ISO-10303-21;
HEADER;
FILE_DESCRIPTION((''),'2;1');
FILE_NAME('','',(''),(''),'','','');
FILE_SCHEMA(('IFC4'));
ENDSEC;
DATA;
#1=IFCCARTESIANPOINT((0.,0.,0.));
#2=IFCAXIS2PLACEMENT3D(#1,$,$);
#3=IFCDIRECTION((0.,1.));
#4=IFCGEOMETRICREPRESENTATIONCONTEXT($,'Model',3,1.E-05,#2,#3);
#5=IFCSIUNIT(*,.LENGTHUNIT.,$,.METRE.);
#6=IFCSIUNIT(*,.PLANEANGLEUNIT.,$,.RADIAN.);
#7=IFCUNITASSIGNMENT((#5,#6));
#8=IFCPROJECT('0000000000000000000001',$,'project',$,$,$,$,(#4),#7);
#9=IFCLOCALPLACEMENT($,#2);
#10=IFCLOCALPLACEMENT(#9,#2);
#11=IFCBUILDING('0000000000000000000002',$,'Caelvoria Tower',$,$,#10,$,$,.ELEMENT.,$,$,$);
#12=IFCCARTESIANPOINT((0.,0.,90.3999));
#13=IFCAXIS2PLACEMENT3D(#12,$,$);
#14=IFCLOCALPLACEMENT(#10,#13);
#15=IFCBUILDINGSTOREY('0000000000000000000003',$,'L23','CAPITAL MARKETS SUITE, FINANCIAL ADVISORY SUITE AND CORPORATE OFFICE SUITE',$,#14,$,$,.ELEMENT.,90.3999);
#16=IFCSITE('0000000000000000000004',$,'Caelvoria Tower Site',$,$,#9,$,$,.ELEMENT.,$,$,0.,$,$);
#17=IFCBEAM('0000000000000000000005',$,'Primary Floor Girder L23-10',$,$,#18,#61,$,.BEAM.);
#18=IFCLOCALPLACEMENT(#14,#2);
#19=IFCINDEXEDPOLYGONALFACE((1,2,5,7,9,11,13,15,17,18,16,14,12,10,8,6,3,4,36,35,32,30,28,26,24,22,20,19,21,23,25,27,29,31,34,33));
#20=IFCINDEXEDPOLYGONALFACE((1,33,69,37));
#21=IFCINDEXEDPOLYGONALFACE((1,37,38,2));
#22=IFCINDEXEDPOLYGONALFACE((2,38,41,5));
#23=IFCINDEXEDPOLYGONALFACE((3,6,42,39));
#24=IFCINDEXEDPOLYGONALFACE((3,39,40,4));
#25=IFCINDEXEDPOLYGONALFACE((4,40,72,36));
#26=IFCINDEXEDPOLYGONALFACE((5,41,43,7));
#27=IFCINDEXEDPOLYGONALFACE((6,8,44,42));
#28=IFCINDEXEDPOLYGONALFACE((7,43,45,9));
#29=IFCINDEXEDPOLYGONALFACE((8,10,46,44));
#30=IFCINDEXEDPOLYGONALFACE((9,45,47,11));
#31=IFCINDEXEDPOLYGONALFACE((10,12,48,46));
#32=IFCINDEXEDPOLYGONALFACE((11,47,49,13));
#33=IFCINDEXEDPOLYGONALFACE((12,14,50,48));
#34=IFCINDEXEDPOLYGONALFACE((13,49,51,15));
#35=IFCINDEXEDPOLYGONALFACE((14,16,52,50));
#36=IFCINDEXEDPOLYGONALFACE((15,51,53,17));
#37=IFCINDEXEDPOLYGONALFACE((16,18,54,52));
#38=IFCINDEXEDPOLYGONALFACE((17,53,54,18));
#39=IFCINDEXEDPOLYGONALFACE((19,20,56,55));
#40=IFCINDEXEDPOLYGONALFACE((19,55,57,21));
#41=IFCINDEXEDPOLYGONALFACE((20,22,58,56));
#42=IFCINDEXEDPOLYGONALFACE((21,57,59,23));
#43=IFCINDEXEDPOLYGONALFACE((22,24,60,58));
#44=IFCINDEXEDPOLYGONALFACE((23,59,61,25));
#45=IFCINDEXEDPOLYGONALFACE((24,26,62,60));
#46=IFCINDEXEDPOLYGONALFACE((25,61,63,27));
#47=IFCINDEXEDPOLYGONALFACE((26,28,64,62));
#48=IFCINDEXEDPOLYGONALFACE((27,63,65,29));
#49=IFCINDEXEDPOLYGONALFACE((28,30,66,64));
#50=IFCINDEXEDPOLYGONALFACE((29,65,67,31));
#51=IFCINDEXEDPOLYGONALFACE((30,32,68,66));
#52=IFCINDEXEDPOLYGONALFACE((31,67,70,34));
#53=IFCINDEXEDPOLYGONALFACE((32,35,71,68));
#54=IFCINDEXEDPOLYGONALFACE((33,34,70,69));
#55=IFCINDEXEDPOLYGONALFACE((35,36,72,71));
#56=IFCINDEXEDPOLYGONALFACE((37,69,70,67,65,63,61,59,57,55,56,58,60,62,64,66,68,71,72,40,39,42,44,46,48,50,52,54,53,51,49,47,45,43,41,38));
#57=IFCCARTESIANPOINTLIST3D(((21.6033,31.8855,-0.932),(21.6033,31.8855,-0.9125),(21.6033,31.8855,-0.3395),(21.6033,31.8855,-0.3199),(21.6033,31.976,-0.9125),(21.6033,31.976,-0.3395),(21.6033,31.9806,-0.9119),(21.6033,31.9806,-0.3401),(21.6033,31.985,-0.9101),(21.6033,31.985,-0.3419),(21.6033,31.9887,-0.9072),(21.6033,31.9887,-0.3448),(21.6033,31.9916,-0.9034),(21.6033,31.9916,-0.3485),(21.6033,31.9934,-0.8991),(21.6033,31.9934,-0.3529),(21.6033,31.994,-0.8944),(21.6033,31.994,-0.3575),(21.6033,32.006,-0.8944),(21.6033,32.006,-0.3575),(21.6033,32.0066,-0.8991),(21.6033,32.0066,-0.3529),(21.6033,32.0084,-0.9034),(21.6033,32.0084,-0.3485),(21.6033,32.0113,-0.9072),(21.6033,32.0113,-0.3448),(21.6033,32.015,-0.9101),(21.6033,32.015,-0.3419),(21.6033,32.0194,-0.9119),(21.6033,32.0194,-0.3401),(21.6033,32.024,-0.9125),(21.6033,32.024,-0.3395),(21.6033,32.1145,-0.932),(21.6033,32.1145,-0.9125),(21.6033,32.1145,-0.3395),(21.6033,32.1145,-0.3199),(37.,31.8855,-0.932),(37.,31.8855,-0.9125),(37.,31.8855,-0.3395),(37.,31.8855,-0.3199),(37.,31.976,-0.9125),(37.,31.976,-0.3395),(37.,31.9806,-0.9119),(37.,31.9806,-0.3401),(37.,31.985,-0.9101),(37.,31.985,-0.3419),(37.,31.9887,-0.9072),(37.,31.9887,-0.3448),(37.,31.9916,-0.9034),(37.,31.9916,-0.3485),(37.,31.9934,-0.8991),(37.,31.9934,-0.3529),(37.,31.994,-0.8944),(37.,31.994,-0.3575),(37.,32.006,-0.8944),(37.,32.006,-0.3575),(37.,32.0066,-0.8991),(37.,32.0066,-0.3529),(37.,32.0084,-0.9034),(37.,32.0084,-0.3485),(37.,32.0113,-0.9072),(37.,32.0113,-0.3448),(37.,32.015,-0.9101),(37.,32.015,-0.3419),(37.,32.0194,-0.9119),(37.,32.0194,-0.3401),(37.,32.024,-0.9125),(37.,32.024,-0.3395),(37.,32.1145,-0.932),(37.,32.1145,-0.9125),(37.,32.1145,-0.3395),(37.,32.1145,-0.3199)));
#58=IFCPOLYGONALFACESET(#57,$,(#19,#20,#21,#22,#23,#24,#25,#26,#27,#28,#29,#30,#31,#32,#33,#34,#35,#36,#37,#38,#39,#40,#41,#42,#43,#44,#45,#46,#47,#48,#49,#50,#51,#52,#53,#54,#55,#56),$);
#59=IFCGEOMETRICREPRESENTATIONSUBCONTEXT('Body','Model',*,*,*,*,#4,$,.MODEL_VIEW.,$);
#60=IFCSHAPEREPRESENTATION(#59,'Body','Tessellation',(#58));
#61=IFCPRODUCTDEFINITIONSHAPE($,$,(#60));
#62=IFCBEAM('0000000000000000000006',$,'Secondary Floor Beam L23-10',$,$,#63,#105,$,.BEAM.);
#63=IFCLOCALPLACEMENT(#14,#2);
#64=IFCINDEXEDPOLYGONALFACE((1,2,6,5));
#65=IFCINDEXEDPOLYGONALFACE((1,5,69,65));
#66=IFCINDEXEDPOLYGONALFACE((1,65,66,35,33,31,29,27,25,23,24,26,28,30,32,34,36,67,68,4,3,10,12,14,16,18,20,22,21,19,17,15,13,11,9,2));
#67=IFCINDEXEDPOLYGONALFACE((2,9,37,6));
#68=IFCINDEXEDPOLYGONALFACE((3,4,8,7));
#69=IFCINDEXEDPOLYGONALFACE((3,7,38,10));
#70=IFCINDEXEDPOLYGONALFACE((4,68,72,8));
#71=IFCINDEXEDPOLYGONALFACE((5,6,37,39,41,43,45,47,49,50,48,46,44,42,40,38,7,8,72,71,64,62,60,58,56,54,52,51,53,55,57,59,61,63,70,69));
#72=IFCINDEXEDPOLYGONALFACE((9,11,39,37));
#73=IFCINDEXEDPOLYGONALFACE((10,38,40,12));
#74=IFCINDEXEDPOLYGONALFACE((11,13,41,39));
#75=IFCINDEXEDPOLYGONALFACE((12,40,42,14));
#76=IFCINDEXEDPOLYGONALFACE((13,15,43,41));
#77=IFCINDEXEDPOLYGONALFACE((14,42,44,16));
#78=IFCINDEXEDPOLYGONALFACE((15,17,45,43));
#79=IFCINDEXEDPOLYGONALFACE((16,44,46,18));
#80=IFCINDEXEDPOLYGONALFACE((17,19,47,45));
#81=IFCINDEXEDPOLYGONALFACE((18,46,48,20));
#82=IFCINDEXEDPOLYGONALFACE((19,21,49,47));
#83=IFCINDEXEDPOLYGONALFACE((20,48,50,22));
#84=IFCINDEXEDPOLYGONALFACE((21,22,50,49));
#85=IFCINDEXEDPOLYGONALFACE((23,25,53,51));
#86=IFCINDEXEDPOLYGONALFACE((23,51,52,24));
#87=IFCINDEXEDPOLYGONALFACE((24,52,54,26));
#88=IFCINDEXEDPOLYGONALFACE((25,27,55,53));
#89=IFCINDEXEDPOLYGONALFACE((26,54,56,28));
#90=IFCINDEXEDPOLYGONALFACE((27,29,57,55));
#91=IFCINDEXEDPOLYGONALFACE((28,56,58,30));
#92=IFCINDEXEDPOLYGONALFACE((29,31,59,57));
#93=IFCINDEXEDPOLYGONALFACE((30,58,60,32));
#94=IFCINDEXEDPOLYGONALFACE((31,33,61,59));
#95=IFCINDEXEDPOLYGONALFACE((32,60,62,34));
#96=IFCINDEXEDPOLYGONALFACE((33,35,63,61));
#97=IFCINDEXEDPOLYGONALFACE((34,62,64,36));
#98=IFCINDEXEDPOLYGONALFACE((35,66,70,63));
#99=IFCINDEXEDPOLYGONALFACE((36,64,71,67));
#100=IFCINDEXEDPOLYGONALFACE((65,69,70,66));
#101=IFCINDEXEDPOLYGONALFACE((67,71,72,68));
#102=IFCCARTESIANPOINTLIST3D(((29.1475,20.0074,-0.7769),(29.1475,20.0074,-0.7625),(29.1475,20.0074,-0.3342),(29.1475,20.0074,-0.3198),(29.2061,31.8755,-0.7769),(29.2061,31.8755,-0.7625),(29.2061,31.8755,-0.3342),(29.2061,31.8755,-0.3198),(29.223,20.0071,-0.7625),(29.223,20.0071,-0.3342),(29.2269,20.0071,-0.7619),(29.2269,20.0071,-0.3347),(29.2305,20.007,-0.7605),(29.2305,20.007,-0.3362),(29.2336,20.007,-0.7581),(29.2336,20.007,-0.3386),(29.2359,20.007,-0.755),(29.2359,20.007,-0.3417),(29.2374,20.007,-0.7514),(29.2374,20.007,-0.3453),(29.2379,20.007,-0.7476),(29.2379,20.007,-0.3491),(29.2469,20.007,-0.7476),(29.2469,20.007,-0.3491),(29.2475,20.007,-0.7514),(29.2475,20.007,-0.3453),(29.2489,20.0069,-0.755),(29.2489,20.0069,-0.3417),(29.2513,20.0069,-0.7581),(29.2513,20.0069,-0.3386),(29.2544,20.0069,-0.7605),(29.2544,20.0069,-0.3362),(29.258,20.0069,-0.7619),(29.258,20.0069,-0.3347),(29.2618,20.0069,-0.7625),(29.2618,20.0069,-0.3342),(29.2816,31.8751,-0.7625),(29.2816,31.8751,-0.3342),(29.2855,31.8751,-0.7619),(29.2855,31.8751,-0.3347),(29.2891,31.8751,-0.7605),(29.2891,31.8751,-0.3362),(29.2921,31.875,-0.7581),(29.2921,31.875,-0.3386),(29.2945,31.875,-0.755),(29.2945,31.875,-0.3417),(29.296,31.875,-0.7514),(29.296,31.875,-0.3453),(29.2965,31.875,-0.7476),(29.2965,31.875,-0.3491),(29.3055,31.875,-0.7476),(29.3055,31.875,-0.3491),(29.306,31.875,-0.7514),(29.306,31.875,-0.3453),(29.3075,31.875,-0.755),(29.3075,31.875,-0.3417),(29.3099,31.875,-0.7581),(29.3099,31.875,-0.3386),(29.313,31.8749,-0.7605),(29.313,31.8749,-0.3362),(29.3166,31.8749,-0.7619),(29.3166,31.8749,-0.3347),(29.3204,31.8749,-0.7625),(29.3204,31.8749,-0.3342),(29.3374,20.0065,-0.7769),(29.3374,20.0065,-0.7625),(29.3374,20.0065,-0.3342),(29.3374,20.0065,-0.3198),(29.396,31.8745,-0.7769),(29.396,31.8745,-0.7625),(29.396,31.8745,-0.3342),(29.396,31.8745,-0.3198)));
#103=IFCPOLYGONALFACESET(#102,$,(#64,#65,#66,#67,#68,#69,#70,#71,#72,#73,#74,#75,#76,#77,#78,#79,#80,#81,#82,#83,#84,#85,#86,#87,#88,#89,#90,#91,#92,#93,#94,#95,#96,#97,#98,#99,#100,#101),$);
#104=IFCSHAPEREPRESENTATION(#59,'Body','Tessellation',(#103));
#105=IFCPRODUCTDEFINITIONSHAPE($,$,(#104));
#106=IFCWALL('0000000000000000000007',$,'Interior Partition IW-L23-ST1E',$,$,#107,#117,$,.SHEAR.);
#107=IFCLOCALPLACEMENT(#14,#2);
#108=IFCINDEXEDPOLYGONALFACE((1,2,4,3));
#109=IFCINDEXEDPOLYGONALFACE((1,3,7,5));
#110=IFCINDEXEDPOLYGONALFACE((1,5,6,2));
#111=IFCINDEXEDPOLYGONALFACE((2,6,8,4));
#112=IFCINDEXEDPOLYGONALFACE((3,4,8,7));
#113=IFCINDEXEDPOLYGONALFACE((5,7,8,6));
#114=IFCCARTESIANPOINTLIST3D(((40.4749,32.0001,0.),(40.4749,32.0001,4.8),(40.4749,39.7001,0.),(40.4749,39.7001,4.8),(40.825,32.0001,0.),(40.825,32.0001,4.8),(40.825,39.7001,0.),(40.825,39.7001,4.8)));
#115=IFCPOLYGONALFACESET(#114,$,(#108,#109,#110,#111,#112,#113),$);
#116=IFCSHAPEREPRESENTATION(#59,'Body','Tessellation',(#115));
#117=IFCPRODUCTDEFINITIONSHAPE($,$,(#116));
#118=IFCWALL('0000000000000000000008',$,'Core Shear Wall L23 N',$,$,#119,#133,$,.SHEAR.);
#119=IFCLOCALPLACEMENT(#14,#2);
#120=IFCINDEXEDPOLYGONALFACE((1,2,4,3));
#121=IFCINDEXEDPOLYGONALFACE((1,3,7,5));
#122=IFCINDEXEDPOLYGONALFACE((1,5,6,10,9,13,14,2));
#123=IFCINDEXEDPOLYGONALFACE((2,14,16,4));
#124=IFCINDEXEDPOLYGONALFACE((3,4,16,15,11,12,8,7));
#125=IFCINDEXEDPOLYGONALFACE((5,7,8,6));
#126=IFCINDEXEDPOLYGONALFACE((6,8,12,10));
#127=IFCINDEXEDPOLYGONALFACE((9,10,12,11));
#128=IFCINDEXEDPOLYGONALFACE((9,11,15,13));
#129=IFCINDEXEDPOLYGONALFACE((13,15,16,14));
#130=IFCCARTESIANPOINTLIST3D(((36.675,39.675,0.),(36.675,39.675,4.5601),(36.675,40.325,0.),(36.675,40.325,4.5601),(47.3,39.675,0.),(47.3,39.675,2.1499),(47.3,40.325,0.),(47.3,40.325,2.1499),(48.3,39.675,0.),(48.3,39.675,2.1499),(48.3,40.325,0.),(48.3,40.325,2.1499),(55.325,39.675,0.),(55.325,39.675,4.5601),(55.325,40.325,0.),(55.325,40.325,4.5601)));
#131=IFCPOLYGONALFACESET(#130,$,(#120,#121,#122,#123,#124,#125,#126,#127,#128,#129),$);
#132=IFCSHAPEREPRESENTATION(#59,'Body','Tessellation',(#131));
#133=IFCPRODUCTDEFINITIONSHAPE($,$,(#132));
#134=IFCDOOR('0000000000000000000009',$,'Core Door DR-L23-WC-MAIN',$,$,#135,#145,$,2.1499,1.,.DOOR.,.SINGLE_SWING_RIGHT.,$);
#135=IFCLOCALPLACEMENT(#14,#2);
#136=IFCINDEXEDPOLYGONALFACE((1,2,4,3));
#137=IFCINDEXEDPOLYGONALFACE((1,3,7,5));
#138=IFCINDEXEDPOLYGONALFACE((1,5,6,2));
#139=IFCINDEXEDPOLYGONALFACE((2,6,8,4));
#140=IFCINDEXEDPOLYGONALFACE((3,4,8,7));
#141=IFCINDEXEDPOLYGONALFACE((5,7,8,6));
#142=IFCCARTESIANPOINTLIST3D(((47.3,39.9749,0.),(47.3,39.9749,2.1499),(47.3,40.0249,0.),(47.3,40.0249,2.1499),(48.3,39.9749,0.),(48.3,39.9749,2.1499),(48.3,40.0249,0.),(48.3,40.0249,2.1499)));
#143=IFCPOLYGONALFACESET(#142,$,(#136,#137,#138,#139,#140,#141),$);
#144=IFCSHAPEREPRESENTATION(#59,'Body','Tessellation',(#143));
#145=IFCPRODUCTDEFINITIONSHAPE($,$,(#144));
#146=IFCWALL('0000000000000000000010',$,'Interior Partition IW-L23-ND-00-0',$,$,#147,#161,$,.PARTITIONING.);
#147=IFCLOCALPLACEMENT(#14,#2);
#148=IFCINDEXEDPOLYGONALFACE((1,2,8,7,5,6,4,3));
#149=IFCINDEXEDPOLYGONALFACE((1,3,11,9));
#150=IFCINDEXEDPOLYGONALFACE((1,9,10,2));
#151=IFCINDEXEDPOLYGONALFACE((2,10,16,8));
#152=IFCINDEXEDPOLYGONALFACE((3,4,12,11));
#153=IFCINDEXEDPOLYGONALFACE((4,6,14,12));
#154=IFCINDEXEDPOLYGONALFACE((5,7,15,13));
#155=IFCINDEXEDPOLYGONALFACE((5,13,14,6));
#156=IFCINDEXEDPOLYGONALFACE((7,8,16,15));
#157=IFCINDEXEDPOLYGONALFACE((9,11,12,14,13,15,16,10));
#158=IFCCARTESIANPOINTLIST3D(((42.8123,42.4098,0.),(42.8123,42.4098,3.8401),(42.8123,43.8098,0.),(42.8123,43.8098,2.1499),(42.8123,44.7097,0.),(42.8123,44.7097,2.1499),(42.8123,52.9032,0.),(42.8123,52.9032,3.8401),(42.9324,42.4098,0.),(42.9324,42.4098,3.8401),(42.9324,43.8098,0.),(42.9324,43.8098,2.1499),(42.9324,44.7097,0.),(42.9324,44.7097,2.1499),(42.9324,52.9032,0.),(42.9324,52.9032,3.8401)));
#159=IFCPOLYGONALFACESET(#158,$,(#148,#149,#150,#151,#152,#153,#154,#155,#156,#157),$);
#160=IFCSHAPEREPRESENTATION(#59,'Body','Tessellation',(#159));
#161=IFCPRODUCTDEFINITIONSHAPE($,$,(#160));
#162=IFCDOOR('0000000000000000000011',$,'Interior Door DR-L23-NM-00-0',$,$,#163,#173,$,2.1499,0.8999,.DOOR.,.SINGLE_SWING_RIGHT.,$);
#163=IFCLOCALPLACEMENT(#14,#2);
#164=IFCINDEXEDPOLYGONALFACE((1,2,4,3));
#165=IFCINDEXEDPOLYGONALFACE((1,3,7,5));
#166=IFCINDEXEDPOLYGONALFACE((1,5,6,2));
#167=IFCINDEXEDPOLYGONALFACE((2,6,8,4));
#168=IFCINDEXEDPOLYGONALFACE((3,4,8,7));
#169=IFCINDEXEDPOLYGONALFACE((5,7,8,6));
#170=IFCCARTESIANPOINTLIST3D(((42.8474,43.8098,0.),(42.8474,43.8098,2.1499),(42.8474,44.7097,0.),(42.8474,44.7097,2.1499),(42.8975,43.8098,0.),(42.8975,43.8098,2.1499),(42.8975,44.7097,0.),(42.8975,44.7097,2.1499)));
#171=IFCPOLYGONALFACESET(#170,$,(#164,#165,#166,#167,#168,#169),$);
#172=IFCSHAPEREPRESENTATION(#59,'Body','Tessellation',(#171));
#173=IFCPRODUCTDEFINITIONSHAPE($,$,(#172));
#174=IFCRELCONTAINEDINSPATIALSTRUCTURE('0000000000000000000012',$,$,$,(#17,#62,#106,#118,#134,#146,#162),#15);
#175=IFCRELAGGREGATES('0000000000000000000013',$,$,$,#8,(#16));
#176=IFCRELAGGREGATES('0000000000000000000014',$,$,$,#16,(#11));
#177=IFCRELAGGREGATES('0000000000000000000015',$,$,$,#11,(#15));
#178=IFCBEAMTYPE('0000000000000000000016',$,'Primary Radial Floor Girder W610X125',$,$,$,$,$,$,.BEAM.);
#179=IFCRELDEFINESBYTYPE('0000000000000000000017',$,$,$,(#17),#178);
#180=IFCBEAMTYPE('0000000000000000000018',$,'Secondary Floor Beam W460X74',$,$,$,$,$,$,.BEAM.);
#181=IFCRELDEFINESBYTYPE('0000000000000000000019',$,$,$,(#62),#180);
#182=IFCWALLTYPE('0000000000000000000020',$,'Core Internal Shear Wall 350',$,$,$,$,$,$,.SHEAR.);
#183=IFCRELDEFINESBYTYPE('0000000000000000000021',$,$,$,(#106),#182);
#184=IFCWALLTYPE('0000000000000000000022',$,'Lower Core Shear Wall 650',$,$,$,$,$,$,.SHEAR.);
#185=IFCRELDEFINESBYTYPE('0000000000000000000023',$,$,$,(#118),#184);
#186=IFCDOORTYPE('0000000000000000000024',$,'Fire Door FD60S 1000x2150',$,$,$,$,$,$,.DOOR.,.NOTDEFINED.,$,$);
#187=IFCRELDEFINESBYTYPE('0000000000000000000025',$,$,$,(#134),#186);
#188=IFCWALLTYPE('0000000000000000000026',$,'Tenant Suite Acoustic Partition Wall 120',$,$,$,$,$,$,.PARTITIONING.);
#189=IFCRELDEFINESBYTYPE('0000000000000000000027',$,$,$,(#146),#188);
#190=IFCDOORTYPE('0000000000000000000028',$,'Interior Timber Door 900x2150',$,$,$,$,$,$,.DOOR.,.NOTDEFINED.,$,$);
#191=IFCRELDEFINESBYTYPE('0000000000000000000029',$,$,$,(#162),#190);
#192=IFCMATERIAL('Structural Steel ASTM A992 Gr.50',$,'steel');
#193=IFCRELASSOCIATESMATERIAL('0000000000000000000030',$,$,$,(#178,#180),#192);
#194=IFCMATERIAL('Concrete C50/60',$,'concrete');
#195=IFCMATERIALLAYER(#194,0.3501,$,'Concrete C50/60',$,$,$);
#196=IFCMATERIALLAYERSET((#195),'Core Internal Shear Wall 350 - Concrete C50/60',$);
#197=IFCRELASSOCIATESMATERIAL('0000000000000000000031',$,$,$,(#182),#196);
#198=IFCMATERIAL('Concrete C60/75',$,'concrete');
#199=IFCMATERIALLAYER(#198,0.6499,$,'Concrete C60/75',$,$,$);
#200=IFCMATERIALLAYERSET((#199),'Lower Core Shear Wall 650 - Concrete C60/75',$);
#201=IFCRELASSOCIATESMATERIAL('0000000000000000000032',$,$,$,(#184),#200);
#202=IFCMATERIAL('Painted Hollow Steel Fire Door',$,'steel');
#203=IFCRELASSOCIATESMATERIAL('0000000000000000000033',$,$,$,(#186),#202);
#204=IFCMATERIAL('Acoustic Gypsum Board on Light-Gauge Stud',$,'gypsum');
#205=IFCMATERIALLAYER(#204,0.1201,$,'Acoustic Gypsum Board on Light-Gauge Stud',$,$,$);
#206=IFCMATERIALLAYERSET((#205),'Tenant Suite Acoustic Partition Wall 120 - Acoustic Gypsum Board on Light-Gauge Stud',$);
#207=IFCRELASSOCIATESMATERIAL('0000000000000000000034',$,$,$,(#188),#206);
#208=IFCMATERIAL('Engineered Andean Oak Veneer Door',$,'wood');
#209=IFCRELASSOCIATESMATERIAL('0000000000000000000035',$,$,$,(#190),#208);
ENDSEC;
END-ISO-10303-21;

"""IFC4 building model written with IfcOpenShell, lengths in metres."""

from ifc_helpers import new_model, si_unit, direction, frame, frame_2d, origin, origin_2d, place, context, subcontext, project, spatial, rectangle, i_section, extrude, material, layer, layer_set, material_profile, profile_set, type_object, element, fill, save


model = new_model("IFC4")

# Units and contexts
model_context = context("Model", 3, precision=1e-05, world=origin(), true_north=direction((0.0, 1.0)))
body_context = subcontext(model_context, "Body", "Model", "MODEL_VIEW")
ifc_project = project(units=[si_unit("LENGTHUNIT", "METRE"), si_unit("PLANEANGLEUNIT", "RADIAN")], contexts=[model_context])

# Site, building, storey
site_placement = place(None, origin())
site = spatial("IfcSite", under=ifc_project, at=site_placement, Name="Caelvoria Tower Site", CompositionType="ELEMENT", RefElevation=0.0)
building_placement = place(site_placement, origin())
building = spatial("IfcBuilding", under=site, at=building_placement, Name="Caelvoria Tower", CompositionType="ELEMENT")
storey_placement = place(building_placement, frame((0.0, 0.0, 90.3999)))
storey = spatial("IfcBuildingStorey", under=building, at=storey_placement, Name="L23", Description="CAPITAL MARKETS SUITE, FINANCIAL ADVISORY SUITE AND CORPORATE OFFICE SUITE", CompositionType="ELEMENT", Elevation=90.3999)

# Beams
ifc_material_1 = material(Name="Structural Steel ASTM A992 Gr.50", Category="steel")
ifc_material_profile_1 = material_profile(ifc_material_1, i_section(OverallWidth=0.229, OverallDepth=0.6121, WebThickness=0.012, FlangeThickness=0.0195, FilletRadius=0.0181, at=origin_2d()), Name="Structural Steel ASTM A992 Gr.50")
ifc_profile_set_1 = profile_set([ifc_material_profile_1], Name="W610X125 - Structural Steel ASTM A992 Gr.50")
beam_type_1 = type_object("IfcBeamType", Name="Primary Radial Floor Girder W610X125", PredefinedType="BEAM", material=ifc_profile_set_1)
beam_1_placement = place(storey_placement, frame((37.0, 32.0, -0.626), z_axis=(-1.0, 0.0, 0.0), x_axis=(0.0, -1.0, 0.0)))
element("IfcBeam", 1, at=beam_1_placement, inside=storey, type_object=beam_type_1, Name="Primary Floor Girder L23-10", PredefinedType="BEAM", context=body_context, shape_type="SweptSolid", body=[
    extrude(i_section(OverallWidth=0.229, OverallDepth=0.6121, WebThickness=0.012, FlangeThickness=0.0195, FilletRadius=0.0181, at=origin_2d()), origin(), (0.0, 0.0, 1.0), 15.3967),
])
ifc_material_profile_2 = material_profile(ifc_material_1, i_section(OverallWidth=0.1899, OverallDepth=0.457, WebThickness=0.009, FlangeThickness=0.0144, FilletRadius=0.0149, at=origin_2d()), Name="Structural Steel ASTM A992 Gr.50")
ifc_profile_set_2 = profile_set([ifc_material_profile_2], Name="W460X74 - Structural Steel ASTM A992 Gr.50")
beam_type_2 = type_object("IfcBeamType", Name="Secondary Floor Beam W460X74", PredefinedType="BEAM", material=ifc_profile_set_2)
beam_2_placement = place(storey_placement, frame((29.301, 31.875, -0.5483), z_axis=(-0.004937, -0.999988, 0.0), x_axis=(0.999988, -0.004937, 0.0)))
element("IfcBeam", 2, at=beam_2_placement, inside=storey, type_object=beam_type_2, Name="Secondary Floor Beam L23-10", PredefinedType="BEAM", context=body_context, shape_type="SweptSolid", body=[
    extrude(i_section(OverallWidth=0.1899, OverallDepth=0.457, WebThickness=0.009, FlangeThickness=0.0144, FilletRadius=0.0149, at=origin_2d()), origin(), (0.0, 0.0, 1.0), 11.8682),
])

# Wall
ifc_material_2 = material(Name="Concrete C50/60", Category="concrete")
ifc_layer_1 = layer(ifc_material_2, 0.3501, Name="Concrete C50/60")
ifc_layer_set_1 = layer_set([ifc_layer_1], Name="Core Internal Shear Wall 350 - Concrete C50/60")
wall_type_1 = type_object("IfcWallType", Name="Core Internal Shear Wall 350", PredefinedType="SHEAR", material=ifc_layer_set_1)
wall_1_placement = place(storey_placement, frame((40.6499, 32.0, 0.0), z_axis=(0.0, 0.0, 1.0), x_axis=(0.0, 1.0, 0.0)))
element("IfcWall", 3, at=wall_1_placement, inside=storey, type_object=wall_type_1, Name="Interior Partition IW-L23-ST1E", PredefinedType="SHEAR", context=body_context, shape_type="SweptSolid", body=[
    extrude(rectangle(XDim=7.7, YDim=0.3501, at=frame_2d((3.8501, 0.0))), origin(), (0.0, 0.0, 1.0), 4.8),
])

# Walls, openings, doors
ifc_material_3 = material(Name="Concrete C60/75", Category="concrete")
ifc_layer_2 = layer(ifc_material_3, 0.6499, Name="Concrete C60/75")
ifc_layer_set_2 = layer_set([ifc_layer_2], Name="Lower Core Shear Wall 650 - Concrete C60/75")
wall_type_2 = type_object("IfcWallType", Name="Lower Core Shear Wall 650", PredefinedType="SHEAR", material=ifc_layer_set_2)
wall_2_placement = place(storey_placement, frame((36.675, 40.0, 0.0), z_axis=(0.0, 0.0, 1.0), x_axis=(1.0, 0.0, 0.0)))
wall_2 = element("IfcWall", 4, at=wall_2_placement, inside=storey, type_object=wall_type_2, Name="Core Shear Wall L23 N", PredefinedType="SHEAR", context=body_context, shape_type="SweptSolid", body=[
    extrude(rectangle(XDim=18.6499, YDim=0.6499, at=frame_2d((9.325, 0.0))), origin(), (0.0, 0.0, 1.0), 4.5601),
])
opening_1_placement = place(wall_2_placement, frame((10.625, 0.0, 0.0)))
opening_1 = element("IfcOpeningElement", 5, at=opening_1_placement, cuts=wall_2, PredefinedType="OPENING", context=body_context, shape_type="SweptSolid", body=[
    extrude(rectangle(XDim=1.0, YDim=2.1499, at=frame_2d((0.5, 1.075))), frame((0.0, 0.335, 0.0), z_axis=(0.0, -1.0, 0.0), x_axis=(1.0, 0.0, 0.0)), (0.0, 0.0, 1.0), 0.6699),
])
ifc_material_4 = material(Name="Painted Hollow Steel Fire Door", Category="steel")
door_type_1 = type_object("IfcDoorType", Name="Fire Door FD60S 1000x2150", OperationType="NOTDEFINED", PredefinedType="DOOR", material=ifc_material_4)
door_1_placement = place(opening_1_placement, origin())
door_1 = element("IfcDoor", 6, at=door_1_placement, inside=storey, type_object=door_type_1, Name="Core Door DR-L23-WC-MAIN", OperationType="SINGLE_SWING_RIGHT", OverallHeight=2.1499, OverallWidth=1.0, PredefinedType="DOOR", context=body_context, shape_type="SweptSolid", body=[
    extrude(rectangle(XDim=1.0, YDim=2.1499, at=frame_2d((0.5, 1.075))), frame((0.0, 0.0249, 0.0), z_axis=(0.0, -1.0, 0.0), x_axis=(1.0, 0.0, 0.0)), (0.0, 0.0, 1.0), 0.05),
])
fill(opening_1, door_1)
ifc_material_5 = material(Name="Acoustic Gypsum Board on Light-Gauge Stud", Category="gypsum")
ifc_layer_3 = layer(ifc_material_5, 0.1201, Name="Acoustic Gypsum Board on Light-Gauge Stud")
ifc_layer_set_3 = layer_set([ifc_layer_3], Name="Tenant Suite Acoustic Partition Wall 120 - Acoustic Gypsum Board on Light-Gauge Stud")
wall_type_3 = type_object("IfcWallType", Name="Tenant Suite Acoustic Partition Wall 120", PredefinedType="PARTITIONING", material=ifc_layer_set_3)
wall_3_placement = place(storey_placement, frame((42.8723, 42.4099, 0.0), z_axis=(0.0, 0.0, 1.0), x_axis=(0.0, 1.0, 0.0)))
wall_3 = element("IfcWall", 7, at=wall_3_placement, inside=storey, type_object=wall_type_3, Name="Interior Partition IW-L23-ND-00-0", PredefinedType="PARTITIONING", context=body_context, shape_type="SweptSolid", body=[
    extrude(rectangle(XDim=10.4934, YDim=0.1201, at=frame_2d((5.2466, 0.0))), origin(), (0.0, 0.0, 1.0), 3.8401),
])
opening_2_placement = place(wall_3_placement, frame((1.3999, 0.0, 0.0)))
opening_2 = element("IfcOpeningElement", 8, at=opening_2_placement, cuts=wall_3, PredefinedType="OPENING", context=body_context, shape_type="SweptSolid", body=[
    extrude(rectangle(XDim=0.8999, YDim=2.1499, at=frame_2d((0.45, 1.075))), frame((0.0, 0.0701, 0.0), z_axis=(0.0, -1.0, 0.0), x_axis=(1.0, 0.0, 0.0)), (0.0, 0.0, 1.0), 0.1401),
])
ifc_material_6 = material(Name="Engineered Andean Oak Veneer Door", Category="wood")
door_type_2 = type_object("IfcDoorType", Name="Interior Timber Door 900x2150", OperationType="NOTDEFINED", PredefinedType="DOOR", material=ifc_material_6)
door_2_placement = place(opening_2_placement, origin())
door_2 = element("IfcDoor", 9, at=door_2_placement, inside=storey, type_object=door_type_2, Name="Interior Door DR-L23-NM-00-0", OperationType="SINGLE_SWING_RIGHT", OverallHeight=2.1499, OverallWidth=0.8999, PredefinedType="DOOR", context=body_context, shape_type="SweptSolid", body=[
    extrude(rectangle(XDim=0.8999, YDim=2.1499, at=frame_2d((0.45, 1.075))), frame((0.0, 0.0249, 0.0), z_axis=(0.0, -1.0, 0.0), x_axis=(1.0, 0.0, 0.0)), (0.0, 0.0, 1.0), 0.05),
])
fill(opening_2, door_2)

save(model, "model.ifc")
